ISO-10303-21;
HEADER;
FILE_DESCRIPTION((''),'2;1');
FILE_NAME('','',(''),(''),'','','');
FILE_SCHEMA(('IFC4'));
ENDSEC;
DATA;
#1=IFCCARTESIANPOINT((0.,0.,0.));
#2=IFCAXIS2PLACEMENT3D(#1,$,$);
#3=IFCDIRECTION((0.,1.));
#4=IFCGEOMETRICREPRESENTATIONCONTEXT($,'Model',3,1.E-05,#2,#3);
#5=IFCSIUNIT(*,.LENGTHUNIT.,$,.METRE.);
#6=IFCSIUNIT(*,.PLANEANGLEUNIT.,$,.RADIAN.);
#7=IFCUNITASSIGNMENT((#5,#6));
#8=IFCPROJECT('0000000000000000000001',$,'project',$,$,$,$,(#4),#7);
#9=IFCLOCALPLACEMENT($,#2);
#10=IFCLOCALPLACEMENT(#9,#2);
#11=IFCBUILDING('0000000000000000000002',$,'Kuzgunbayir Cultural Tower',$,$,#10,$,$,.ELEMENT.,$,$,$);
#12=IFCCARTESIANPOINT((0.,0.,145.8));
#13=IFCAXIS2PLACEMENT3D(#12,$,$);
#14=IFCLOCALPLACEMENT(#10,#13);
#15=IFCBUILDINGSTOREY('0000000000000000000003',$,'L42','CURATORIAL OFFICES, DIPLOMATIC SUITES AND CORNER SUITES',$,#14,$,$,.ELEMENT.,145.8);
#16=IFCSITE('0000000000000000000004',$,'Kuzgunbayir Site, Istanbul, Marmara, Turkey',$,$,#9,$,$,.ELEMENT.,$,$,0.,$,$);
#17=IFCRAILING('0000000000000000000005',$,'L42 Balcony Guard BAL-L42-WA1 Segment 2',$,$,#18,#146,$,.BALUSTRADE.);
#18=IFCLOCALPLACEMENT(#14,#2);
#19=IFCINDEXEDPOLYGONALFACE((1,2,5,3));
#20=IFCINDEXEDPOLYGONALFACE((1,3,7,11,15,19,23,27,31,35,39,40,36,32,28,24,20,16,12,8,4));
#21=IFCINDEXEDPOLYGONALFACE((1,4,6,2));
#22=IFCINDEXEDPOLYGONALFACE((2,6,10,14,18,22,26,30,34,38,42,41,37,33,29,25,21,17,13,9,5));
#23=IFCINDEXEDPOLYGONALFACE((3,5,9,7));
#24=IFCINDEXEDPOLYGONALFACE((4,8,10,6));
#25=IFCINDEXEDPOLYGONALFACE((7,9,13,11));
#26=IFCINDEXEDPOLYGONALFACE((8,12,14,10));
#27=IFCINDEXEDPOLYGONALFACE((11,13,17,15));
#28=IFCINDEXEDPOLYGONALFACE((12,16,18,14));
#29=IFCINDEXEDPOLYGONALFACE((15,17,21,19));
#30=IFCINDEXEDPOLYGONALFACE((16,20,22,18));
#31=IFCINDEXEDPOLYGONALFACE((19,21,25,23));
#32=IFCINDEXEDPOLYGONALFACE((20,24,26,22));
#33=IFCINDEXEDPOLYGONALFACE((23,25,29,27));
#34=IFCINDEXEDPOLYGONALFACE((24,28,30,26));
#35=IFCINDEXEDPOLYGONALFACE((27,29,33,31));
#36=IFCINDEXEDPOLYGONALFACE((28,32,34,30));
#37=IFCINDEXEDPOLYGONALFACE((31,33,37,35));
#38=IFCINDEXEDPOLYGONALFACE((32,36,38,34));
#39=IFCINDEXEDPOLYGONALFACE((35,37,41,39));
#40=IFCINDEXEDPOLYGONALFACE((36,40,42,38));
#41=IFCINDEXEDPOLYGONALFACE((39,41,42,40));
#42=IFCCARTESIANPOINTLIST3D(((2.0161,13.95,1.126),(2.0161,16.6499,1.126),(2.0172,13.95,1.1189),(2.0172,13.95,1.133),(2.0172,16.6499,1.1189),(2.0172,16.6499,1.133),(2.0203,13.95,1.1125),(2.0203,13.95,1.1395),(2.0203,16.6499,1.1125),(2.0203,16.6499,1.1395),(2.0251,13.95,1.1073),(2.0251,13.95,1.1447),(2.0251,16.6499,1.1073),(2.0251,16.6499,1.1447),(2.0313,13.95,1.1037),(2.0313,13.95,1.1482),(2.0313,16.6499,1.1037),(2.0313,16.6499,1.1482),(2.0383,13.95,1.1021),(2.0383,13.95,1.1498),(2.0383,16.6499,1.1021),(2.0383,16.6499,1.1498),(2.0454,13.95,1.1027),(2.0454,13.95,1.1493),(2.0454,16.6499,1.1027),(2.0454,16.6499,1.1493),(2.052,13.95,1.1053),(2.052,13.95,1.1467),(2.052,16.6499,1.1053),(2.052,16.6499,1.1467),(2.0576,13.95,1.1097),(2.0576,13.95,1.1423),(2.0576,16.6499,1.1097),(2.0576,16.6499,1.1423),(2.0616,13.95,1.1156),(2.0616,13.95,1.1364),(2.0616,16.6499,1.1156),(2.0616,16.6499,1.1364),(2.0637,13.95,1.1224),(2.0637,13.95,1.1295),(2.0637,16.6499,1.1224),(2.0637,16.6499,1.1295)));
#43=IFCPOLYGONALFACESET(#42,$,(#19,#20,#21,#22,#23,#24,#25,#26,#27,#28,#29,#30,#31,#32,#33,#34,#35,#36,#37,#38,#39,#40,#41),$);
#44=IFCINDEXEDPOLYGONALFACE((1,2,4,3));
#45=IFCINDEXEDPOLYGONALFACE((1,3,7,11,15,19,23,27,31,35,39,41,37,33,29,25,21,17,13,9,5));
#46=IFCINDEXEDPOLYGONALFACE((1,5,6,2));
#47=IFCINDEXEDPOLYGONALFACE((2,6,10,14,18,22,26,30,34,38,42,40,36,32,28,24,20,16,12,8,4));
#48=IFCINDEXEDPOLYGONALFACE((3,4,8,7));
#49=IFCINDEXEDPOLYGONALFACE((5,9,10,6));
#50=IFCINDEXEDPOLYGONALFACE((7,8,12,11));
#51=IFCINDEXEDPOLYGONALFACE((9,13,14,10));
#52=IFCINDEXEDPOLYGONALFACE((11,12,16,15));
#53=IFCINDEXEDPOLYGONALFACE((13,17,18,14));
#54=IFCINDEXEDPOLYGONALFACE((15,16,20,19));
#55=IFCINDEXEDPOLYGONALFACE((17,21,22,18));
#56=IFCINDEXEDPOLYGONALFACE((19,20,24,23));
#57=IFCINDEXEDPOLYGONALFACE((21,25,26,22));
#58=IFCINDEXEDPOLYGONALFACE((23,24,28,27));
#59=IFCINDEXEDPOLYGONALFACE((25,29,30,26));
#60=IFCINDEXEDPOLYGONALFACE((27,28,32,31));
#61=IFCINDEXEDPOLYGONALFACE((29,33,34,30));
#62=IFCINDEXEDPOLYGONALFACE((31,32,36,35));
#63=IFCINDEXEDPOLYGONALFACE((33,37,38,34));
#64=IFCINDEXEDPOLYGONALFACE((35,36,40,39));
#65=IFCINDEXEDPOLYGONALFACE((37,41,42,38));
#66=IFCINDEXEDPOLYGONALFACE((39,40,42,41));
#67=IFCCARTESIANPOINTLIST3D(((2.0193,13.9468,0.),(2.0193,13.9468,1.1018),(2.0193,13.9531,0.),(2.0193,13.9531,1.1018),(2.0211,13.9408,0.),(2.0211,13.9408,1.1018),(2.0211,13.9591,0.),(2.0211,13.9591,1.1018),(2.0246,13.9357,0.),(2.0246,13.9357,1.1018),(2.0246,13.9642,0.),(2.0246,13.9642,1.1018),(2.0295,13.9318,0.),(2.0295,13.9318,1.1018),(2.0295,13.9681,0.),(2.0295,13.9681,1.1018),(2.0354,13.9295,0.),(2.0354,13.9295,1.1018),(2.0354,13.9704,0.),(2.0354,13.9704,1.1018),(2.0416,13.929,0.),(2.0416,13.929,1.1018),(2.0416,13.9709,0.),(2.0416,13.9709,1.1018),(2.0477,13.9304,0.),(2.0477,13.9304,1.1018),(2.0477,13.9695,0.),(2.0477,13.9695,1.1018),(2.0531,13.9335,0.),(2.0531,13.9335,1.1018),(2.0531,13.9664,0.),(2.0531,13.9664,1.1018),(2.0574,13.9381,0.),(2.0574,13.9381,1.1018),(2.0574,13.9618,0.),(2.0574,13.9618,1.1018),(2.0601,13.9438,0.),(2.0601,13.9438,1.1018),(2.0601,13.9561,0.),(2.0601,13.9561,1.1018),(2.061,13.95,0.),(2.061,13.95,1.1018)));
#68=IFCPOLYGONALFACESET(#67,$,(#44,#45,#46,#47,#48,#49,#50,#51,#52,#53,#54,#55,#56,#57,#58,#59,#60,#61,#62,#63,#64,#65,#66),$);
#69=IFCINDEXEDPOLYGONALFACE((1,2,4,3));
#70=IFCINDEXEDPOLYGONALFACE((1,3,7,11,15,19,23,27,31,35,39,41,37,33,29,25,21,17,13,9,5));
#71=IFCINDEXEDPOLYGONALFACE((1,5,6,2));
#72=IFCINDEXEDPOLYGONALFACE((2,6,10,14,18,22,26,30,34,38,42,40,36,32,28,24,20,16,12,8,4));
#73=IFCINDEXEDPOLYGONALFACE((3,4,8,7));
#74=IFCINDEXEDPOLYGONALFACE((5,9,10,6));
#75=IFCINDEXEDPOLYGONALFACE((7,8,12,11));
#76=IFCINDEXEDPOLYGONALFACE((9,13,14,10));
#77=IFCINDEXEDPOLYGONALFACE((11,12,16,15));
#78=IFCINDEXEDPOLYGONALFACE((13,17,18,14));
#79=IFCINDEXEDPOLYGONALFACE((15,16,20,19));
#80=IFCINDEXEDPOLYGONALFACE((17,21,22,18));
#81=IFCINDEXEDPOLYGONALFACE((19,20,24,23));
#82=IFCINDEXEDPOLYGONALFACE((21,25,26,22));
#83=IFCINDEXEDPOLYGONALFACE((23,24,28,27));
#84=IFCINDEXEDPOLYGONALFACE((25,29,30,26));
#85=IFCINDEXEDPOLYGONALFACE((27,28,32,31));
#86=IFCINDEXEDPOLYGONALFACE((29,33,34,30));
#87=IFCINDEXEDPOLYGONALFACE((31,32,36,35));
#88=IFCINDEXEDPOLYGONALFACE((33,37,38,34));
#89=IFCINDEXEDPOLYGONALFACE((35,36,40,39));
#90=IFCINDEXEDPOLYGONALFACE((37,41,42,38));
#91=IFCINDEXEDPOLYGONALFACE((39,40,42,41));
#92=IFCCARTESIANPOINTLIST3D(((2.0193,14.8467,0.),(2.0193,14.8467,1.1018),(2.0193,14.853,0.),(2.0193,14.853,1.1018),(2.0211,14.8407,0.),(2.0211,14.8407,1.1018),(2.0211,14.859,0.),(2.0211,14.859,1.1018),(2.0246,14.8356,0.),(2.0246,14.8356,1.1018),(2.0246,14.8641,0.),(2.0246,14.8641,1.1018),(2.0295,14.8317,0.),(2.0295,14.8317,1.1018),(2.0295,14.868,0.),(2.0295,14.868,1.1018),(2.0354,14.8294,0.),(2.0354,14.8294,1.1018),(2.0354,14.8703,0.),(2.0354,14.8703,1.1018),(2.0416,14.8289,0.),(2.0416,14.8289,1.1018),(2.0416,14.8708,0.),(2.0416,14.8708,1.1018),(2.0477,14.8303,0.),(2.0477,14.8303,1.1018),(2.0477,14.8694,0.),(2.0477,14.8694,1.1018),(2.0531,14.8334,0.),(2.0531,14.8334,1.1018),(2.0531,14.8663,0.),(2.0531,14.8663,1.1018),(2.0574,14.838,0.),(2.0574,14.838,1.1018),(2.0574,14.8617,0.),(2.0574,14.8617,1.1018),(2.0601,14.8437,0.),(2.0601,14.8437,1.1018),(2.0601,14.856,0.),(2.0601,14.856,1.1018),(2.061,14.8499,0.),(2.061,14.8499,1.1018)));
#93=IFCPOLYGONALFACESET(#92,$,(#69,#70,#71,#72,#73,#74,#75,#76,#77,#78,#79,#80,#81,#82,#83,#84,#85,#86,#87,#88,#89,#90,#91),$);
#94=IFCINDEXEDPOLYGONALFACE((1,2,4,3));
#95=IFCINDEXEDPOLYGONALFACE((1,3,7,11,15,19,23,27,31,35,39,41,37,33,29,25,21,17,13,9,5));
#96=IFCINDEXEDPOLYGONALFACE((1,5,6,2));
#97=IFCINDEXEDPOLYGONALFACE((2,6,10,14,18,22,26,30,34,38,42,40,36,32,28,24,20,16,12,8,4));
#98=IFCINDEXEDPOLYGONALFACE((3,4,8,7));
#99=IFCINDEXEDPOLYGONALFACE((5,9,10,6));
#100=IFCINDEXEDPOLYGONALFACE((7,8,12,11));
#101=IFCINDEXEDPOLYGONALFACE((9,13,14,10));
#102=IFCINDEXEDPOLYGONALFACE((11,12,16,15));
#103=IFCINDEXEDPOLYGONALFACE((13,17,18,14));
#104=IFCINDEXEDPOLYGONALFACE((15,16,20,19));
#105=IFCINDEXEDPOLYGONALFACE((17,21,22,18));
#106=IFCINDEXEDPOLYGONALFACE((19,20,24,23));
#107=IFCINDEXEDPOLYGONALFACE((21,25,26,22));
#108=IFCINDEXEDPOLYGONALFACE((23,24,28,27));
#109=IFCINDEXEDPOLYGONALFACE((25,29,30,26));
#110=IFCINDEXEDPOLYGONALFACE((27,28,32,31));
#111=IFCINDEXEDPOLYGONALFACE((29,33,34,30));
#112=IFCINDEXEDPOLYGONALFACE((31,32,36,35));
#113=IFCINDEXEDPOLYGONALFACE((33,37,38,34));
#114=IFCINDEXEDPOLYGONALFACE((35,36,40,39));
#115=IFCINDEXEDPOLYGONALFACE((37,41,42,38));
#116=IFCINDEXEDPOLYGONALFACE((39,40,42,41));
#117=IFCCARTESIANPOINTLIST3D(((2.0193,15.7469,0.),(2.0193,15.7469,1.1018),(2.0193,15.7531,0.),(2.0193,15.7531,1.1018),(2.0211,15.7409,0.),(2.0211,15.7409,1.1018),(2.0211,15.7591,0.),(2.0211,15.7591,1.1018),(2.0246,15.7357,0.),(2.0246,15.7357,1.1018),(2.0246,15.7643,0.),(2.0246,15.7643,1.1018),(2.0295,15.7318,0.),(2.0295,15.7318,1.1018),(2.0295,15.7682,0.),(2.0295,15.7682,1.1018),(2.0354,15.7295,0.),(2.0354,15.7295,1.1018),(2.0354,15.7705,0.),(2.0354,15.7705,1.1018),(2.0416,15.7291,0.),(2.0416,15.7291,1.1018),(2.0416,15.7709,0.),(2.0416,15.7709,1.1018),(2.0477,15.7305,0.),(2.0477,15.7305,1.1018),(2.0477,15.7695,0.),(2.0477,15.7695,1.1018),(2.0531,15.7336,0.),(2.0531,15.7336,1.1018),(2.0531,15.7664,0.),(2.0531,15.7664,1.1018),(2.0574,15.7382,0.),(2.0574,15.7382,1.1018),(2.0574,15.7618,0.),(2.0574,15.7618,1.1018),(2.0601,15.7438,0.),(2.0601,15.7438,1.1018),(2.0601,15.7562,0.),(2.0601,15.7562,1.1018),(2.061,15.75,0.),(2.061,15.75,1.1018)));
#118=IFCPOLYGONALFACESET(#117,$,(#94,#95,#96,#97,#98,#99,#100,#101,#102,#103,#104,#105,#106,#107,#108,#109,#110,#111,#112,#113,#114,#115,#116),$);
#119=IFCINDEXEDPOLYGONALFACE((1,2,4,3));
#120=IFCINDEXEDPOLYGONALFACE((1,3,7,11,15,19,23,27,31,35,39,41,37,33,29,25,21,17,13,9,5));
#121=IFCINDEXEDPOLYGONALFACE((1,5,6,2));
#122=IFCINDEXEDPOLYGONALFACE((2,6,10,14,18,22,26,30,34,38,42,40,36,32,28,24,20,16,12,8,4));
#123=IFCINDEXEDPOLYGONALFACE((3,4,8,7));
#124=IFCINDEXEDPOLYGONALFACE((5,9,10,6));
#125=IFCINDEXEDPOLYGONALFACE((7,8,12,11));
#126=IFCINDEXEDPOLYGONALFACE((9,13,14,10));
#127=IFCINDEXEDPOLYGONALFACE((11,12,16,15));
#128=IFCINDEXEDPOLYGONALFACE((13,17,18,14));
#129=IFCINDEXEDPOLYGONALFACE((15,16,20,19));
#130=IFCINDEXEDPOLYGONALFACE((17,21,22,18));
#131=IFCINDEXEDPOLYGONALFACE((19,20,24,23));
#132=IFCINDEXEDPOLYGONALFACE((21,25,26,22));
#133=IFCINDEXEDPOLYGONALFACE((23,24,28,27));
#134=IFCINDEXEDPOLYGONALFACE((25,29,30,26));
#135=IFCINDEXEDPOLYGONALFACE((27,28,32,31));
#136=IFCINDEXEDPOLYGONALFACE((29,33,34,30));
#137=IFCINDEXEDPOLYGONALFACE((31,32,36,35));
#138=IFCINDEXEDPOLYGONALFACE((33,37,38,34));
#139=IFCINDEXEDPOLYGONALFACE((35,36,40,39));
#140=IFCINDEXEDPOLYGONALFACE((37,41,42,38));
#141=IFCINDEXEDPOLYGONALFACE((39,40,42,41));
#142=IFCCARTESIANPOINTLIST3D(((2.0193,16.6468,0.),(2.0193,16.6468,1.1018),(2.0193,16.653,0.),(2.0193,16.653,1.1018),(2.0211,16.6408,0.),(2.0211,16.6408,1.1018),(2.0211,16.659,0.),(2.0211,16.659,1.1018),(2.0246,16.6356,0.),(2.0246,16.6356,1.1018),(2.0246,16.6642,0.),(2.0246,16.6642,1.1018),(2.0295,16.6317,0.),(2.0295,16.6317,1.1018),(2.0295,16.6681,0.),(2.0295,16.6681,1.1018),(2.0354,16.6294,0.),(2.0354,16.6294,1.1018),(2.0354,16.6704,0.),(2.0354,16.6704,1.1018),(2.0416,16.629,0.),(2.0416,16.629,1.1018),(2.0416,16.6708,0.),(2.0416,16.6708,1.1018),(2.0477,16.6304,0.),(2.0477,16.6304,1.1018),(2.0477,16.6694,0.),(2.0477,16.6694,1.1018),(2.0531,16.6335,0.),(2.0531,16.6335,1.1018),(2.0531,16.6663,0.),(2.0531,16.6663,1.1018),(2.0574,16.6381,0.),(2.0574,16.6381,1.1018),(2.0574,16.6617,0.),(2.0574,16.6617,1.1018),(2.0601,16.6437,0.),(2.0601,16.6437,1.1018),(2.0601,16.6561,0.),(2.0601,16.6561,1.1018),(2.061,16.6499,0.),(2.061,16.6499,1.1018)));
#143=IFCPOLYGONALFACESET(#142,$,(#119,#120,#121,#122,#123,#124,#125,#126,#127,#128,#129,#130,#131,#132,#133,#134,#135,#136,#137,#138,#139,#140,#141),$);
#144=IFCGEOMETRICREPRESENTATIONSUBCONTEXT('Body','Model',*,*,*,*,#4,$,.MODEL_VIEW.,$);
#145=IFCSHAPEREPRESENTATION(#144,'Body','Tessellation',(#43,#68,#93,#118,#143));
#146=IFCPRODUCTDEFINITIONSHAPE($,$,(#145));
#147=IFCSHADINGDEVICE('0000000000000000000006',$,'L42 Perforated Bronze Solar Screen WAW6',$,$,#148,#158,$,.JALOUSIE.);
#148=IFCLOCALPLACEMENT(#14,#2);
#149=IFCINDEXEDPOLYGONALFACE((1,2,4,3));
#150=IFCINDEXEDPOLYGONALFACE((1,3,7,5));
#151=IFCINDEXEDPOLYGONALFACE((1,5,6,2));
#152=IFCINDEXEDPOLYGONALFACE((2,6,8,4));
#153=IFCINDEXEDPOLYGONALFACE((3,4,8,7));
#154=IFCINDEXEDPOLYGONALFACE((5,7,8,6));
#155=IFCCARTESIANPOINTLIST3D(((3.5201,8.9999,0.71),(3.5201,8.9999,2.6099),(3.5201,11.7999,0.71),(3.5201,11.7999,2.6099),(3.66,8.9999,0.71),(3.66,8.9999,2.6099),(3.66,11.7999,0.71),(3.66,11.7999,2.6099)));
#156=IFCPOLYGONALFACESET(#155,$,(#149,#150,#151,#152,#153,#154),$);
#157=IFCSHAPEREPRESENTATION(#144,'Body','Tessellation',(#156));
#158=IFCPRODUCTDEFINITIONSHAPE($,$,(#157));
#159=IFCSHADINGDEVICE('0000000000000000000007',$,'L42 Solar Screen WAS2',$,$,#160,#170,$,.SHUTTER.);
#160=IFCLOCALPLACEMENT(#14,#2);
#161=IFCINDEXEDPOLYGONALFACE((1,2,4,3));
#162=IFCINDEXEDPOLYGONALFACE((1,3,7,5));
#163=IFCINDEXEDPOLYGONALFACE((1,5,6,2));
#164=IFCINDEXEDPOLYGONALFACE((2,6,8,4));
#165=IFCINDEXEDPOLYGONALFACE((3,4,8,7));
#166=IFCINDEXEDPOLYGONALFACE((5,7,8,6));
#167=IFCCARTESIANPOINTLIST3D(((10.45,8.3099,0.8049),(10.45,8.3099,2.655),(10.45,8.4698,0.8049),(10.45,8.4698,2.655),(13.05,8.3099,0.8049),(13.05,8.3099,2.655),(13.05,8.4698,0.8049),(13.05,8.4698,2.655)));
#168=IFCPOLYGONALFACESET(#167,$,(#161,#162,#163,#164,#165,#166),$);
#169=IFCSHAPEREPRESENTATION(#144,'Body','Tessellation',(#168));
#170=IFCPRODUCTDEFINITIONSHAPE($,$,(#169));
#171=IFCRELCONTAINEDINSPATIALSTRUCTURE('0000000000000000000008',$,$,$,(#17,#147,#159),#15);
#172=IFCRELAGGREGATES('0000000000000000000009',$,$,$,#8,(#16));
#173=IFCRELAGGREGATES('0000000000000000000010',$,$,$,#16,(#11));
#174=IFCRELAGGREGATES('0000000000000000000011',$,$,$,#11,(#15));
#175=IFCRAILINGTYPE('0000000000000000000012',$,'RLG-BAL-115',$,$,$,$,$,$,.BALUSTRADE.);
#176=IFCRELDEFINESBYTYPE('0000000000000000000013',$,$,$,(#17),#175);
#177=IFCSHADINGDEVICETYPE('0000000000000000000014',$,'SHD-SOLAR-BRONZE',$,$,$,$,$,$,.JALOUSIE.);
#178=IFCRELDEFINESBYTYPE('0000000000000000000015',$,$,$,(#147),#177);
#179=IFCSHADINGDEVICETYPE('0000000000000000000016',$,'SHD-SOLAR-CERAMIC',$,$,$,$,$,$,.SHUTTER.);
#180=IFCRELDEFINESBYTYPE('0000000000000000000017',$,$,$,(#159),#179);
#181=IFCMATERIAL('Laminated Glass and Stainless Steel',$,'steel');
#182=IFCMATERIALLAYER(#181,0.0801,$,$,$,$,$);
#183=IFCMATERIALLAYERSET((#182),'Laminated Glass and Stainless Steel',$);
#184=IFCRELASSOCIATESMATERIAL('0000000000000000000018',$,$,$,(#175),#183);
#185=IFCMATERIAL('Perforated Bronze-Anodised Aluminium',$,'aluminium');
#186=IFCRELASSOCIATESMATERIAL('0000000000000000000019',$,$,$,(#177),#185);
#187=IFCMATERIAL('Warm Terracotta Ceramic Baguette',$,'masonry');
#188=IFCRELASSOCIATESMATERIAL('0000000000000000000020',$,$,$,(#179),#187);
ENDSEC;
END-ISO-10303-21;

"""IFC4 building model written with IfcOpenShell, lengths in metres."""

from ifc_helpers import new_model, si_unit, direction, frame, origin, origin_2d, place, context, subcontext, project, spatial, rectangle, circle, extrude, material, layer, layer_set, type_object, element, save


model = new_model("IFC4")

# Units and contexts
model_context = context("Model", 3, precision=1e-05, world=origin(), true_north=direction((0.0, 1.0)))
body_context = subcontext(model_context, "Body", "Model", "MODEL_VIEW")
ifc_project = project(units=[si_unit("LENGTHUNIT", "METRE"), si_unit("PLANEANGLEUNIT", "RADIAN")], contexts=[model_context])

# Site, building, storey
site_placement = place(None, origin())
site = spatial("IfcSite", under=ifc_project, at=site_placement, Name="Kuzgunbayir Site, Istanbul, Marmara, Turkey", CompositionType="ELEMENT", RefElevation=0.0)
building_placement = place(site_placement, origin())
building = spatial("IfcBuilding", under=site, at=building_placement, Name="Kuzgunbayir Cultural Tower", CompositionType="ELEMENT")
storey_placement = place(building_placement, frame((0.0, 0.0, 145.8)))
storey = spatial("IfcBuildingStorey", under=building, at=storey_placement, Name="L42", Description="CURATORIAL OFFICES, DIPLOMATIC SUITES AND CORNER SUITES", CompositionType="ELEMENT", Elevation=145.8)

# Railing
ifc_material_1 = material(Name="Laminated Glass and Stainless Steel", Category="steel")
ifc_layer_1 = layer(ifc_material_1, 0.0801)
ifc_layer_set_1 = layer_set([ifc_layer_1], Name="Laminated Glass and Stainless Steel")
railing_type = type_object("IfcRailingType", Name="RLG-BAL-115", PredefinedType="BALUSTRADE", material=ifc_layer_set_1)
railing_1_placement = place(storey_placement, frame((2.04, 13.95, 0.0)))
element("IfcRailing", 1, at=railing_1_placement, inside=storey, type_object=railing_type, Name="L42 Balcony Guard BAL-L42-WA1 Segment 2", PredefinedType="BALUSTRADE", context=body_context, shape_type="SweptSolid", body=[
    extrude(circle(Radius=0.0239, at=origin_2d()), frame((0.0, 0.0, 1.126), z_axis=(0.0, 1.0, 0.0), x_axis=(-1.0, 0.0, 0.0)), (0.0, 0.0, 1.0), 2.7),
    extrude(circle(Radius=0.021, at=origin_2d()), origin(), (0.0, 0.0, 1.0), 1.1018),
    extrude(circle(Radius=0.021, at=origin_2d()), frame((0.0, 0.8999, 0.0)), (0.0, 0.0, 1.0), 1.1018),
    extrude(circle(Radius=0.021, at=origin_2d()), frame((0.0, 1.8, 0.0)), (0.0, 0.0, 1.0), 1.1018),
    extrude(circle(Radius=0.021, at=origin_2d()), frame((0.0, 2.7, 0.0)), (0.0, 0.0, 1.0), 1.1018),
])

# Shading devices
ifc_material_2 = material(Name="Perforated Bronze-Anodised Aluminium", Category="aluminium")
shading_device_type_1 = type_object("IfcShadingDeviceType", Name="SHD-SOLAR-BRONZE", PredefinedType="JALOUSIE", material=ifc_material_2)
shading_device_1_placement = place(storey_placement, frame((3.5901, 10.3999, 0.71), z_axis=(0.0, 0.0, 1.0), x_axis=(1.0, 0.0, 0.0)))
element("IfcShadingDevice", 2, at=shading_device_1_placement, inside=storey, type_object=shading_device_type_1, Name="L42 Perforated Bronze Solar Screen WAW6", PredefinedType="JALOUSIE", context=body_context, shape_type="SweptSolid", body=[
    extrude(rectangle(XDim=0.1399, YDim=2.8, at=origin_2d()), origin(), (0.0, 0.0, 1.0), 1.8999),
])
ifc_material_3 = material(Name="Warm Terracotta Ceramic Baguette", Category="masonry")
shading_device_type_2 = type_object("IfcShadingDeviceType", Name="SHD-SOLAR-CERAMIC", PredefinedType="SHUTTER", material=ifc_material_3)
shading_device_2_placement = place(storey_placement, frame((11.75, 8.3899, 0.8049), z_axis=(0.0, 0.0, 1.0), x_axis=(1.0, 0.0, 0.0)))
element("IfcShadingDevice", 3, at=shading_device_2_placement, inside=storey, type_object=shading_device_type_2, Name="L42 Solar Screen WAS2", PredefinedType="SHUTTER", context=body_context, shape_type="SweptSolid", body=[
    extrude(rectangle(XDim=2.6001, YDim=0.1599, at=origin_2d()), origin(), (0.0, 0.0, 1.0), 1.8501),
])

save(model, "model.ifc")
